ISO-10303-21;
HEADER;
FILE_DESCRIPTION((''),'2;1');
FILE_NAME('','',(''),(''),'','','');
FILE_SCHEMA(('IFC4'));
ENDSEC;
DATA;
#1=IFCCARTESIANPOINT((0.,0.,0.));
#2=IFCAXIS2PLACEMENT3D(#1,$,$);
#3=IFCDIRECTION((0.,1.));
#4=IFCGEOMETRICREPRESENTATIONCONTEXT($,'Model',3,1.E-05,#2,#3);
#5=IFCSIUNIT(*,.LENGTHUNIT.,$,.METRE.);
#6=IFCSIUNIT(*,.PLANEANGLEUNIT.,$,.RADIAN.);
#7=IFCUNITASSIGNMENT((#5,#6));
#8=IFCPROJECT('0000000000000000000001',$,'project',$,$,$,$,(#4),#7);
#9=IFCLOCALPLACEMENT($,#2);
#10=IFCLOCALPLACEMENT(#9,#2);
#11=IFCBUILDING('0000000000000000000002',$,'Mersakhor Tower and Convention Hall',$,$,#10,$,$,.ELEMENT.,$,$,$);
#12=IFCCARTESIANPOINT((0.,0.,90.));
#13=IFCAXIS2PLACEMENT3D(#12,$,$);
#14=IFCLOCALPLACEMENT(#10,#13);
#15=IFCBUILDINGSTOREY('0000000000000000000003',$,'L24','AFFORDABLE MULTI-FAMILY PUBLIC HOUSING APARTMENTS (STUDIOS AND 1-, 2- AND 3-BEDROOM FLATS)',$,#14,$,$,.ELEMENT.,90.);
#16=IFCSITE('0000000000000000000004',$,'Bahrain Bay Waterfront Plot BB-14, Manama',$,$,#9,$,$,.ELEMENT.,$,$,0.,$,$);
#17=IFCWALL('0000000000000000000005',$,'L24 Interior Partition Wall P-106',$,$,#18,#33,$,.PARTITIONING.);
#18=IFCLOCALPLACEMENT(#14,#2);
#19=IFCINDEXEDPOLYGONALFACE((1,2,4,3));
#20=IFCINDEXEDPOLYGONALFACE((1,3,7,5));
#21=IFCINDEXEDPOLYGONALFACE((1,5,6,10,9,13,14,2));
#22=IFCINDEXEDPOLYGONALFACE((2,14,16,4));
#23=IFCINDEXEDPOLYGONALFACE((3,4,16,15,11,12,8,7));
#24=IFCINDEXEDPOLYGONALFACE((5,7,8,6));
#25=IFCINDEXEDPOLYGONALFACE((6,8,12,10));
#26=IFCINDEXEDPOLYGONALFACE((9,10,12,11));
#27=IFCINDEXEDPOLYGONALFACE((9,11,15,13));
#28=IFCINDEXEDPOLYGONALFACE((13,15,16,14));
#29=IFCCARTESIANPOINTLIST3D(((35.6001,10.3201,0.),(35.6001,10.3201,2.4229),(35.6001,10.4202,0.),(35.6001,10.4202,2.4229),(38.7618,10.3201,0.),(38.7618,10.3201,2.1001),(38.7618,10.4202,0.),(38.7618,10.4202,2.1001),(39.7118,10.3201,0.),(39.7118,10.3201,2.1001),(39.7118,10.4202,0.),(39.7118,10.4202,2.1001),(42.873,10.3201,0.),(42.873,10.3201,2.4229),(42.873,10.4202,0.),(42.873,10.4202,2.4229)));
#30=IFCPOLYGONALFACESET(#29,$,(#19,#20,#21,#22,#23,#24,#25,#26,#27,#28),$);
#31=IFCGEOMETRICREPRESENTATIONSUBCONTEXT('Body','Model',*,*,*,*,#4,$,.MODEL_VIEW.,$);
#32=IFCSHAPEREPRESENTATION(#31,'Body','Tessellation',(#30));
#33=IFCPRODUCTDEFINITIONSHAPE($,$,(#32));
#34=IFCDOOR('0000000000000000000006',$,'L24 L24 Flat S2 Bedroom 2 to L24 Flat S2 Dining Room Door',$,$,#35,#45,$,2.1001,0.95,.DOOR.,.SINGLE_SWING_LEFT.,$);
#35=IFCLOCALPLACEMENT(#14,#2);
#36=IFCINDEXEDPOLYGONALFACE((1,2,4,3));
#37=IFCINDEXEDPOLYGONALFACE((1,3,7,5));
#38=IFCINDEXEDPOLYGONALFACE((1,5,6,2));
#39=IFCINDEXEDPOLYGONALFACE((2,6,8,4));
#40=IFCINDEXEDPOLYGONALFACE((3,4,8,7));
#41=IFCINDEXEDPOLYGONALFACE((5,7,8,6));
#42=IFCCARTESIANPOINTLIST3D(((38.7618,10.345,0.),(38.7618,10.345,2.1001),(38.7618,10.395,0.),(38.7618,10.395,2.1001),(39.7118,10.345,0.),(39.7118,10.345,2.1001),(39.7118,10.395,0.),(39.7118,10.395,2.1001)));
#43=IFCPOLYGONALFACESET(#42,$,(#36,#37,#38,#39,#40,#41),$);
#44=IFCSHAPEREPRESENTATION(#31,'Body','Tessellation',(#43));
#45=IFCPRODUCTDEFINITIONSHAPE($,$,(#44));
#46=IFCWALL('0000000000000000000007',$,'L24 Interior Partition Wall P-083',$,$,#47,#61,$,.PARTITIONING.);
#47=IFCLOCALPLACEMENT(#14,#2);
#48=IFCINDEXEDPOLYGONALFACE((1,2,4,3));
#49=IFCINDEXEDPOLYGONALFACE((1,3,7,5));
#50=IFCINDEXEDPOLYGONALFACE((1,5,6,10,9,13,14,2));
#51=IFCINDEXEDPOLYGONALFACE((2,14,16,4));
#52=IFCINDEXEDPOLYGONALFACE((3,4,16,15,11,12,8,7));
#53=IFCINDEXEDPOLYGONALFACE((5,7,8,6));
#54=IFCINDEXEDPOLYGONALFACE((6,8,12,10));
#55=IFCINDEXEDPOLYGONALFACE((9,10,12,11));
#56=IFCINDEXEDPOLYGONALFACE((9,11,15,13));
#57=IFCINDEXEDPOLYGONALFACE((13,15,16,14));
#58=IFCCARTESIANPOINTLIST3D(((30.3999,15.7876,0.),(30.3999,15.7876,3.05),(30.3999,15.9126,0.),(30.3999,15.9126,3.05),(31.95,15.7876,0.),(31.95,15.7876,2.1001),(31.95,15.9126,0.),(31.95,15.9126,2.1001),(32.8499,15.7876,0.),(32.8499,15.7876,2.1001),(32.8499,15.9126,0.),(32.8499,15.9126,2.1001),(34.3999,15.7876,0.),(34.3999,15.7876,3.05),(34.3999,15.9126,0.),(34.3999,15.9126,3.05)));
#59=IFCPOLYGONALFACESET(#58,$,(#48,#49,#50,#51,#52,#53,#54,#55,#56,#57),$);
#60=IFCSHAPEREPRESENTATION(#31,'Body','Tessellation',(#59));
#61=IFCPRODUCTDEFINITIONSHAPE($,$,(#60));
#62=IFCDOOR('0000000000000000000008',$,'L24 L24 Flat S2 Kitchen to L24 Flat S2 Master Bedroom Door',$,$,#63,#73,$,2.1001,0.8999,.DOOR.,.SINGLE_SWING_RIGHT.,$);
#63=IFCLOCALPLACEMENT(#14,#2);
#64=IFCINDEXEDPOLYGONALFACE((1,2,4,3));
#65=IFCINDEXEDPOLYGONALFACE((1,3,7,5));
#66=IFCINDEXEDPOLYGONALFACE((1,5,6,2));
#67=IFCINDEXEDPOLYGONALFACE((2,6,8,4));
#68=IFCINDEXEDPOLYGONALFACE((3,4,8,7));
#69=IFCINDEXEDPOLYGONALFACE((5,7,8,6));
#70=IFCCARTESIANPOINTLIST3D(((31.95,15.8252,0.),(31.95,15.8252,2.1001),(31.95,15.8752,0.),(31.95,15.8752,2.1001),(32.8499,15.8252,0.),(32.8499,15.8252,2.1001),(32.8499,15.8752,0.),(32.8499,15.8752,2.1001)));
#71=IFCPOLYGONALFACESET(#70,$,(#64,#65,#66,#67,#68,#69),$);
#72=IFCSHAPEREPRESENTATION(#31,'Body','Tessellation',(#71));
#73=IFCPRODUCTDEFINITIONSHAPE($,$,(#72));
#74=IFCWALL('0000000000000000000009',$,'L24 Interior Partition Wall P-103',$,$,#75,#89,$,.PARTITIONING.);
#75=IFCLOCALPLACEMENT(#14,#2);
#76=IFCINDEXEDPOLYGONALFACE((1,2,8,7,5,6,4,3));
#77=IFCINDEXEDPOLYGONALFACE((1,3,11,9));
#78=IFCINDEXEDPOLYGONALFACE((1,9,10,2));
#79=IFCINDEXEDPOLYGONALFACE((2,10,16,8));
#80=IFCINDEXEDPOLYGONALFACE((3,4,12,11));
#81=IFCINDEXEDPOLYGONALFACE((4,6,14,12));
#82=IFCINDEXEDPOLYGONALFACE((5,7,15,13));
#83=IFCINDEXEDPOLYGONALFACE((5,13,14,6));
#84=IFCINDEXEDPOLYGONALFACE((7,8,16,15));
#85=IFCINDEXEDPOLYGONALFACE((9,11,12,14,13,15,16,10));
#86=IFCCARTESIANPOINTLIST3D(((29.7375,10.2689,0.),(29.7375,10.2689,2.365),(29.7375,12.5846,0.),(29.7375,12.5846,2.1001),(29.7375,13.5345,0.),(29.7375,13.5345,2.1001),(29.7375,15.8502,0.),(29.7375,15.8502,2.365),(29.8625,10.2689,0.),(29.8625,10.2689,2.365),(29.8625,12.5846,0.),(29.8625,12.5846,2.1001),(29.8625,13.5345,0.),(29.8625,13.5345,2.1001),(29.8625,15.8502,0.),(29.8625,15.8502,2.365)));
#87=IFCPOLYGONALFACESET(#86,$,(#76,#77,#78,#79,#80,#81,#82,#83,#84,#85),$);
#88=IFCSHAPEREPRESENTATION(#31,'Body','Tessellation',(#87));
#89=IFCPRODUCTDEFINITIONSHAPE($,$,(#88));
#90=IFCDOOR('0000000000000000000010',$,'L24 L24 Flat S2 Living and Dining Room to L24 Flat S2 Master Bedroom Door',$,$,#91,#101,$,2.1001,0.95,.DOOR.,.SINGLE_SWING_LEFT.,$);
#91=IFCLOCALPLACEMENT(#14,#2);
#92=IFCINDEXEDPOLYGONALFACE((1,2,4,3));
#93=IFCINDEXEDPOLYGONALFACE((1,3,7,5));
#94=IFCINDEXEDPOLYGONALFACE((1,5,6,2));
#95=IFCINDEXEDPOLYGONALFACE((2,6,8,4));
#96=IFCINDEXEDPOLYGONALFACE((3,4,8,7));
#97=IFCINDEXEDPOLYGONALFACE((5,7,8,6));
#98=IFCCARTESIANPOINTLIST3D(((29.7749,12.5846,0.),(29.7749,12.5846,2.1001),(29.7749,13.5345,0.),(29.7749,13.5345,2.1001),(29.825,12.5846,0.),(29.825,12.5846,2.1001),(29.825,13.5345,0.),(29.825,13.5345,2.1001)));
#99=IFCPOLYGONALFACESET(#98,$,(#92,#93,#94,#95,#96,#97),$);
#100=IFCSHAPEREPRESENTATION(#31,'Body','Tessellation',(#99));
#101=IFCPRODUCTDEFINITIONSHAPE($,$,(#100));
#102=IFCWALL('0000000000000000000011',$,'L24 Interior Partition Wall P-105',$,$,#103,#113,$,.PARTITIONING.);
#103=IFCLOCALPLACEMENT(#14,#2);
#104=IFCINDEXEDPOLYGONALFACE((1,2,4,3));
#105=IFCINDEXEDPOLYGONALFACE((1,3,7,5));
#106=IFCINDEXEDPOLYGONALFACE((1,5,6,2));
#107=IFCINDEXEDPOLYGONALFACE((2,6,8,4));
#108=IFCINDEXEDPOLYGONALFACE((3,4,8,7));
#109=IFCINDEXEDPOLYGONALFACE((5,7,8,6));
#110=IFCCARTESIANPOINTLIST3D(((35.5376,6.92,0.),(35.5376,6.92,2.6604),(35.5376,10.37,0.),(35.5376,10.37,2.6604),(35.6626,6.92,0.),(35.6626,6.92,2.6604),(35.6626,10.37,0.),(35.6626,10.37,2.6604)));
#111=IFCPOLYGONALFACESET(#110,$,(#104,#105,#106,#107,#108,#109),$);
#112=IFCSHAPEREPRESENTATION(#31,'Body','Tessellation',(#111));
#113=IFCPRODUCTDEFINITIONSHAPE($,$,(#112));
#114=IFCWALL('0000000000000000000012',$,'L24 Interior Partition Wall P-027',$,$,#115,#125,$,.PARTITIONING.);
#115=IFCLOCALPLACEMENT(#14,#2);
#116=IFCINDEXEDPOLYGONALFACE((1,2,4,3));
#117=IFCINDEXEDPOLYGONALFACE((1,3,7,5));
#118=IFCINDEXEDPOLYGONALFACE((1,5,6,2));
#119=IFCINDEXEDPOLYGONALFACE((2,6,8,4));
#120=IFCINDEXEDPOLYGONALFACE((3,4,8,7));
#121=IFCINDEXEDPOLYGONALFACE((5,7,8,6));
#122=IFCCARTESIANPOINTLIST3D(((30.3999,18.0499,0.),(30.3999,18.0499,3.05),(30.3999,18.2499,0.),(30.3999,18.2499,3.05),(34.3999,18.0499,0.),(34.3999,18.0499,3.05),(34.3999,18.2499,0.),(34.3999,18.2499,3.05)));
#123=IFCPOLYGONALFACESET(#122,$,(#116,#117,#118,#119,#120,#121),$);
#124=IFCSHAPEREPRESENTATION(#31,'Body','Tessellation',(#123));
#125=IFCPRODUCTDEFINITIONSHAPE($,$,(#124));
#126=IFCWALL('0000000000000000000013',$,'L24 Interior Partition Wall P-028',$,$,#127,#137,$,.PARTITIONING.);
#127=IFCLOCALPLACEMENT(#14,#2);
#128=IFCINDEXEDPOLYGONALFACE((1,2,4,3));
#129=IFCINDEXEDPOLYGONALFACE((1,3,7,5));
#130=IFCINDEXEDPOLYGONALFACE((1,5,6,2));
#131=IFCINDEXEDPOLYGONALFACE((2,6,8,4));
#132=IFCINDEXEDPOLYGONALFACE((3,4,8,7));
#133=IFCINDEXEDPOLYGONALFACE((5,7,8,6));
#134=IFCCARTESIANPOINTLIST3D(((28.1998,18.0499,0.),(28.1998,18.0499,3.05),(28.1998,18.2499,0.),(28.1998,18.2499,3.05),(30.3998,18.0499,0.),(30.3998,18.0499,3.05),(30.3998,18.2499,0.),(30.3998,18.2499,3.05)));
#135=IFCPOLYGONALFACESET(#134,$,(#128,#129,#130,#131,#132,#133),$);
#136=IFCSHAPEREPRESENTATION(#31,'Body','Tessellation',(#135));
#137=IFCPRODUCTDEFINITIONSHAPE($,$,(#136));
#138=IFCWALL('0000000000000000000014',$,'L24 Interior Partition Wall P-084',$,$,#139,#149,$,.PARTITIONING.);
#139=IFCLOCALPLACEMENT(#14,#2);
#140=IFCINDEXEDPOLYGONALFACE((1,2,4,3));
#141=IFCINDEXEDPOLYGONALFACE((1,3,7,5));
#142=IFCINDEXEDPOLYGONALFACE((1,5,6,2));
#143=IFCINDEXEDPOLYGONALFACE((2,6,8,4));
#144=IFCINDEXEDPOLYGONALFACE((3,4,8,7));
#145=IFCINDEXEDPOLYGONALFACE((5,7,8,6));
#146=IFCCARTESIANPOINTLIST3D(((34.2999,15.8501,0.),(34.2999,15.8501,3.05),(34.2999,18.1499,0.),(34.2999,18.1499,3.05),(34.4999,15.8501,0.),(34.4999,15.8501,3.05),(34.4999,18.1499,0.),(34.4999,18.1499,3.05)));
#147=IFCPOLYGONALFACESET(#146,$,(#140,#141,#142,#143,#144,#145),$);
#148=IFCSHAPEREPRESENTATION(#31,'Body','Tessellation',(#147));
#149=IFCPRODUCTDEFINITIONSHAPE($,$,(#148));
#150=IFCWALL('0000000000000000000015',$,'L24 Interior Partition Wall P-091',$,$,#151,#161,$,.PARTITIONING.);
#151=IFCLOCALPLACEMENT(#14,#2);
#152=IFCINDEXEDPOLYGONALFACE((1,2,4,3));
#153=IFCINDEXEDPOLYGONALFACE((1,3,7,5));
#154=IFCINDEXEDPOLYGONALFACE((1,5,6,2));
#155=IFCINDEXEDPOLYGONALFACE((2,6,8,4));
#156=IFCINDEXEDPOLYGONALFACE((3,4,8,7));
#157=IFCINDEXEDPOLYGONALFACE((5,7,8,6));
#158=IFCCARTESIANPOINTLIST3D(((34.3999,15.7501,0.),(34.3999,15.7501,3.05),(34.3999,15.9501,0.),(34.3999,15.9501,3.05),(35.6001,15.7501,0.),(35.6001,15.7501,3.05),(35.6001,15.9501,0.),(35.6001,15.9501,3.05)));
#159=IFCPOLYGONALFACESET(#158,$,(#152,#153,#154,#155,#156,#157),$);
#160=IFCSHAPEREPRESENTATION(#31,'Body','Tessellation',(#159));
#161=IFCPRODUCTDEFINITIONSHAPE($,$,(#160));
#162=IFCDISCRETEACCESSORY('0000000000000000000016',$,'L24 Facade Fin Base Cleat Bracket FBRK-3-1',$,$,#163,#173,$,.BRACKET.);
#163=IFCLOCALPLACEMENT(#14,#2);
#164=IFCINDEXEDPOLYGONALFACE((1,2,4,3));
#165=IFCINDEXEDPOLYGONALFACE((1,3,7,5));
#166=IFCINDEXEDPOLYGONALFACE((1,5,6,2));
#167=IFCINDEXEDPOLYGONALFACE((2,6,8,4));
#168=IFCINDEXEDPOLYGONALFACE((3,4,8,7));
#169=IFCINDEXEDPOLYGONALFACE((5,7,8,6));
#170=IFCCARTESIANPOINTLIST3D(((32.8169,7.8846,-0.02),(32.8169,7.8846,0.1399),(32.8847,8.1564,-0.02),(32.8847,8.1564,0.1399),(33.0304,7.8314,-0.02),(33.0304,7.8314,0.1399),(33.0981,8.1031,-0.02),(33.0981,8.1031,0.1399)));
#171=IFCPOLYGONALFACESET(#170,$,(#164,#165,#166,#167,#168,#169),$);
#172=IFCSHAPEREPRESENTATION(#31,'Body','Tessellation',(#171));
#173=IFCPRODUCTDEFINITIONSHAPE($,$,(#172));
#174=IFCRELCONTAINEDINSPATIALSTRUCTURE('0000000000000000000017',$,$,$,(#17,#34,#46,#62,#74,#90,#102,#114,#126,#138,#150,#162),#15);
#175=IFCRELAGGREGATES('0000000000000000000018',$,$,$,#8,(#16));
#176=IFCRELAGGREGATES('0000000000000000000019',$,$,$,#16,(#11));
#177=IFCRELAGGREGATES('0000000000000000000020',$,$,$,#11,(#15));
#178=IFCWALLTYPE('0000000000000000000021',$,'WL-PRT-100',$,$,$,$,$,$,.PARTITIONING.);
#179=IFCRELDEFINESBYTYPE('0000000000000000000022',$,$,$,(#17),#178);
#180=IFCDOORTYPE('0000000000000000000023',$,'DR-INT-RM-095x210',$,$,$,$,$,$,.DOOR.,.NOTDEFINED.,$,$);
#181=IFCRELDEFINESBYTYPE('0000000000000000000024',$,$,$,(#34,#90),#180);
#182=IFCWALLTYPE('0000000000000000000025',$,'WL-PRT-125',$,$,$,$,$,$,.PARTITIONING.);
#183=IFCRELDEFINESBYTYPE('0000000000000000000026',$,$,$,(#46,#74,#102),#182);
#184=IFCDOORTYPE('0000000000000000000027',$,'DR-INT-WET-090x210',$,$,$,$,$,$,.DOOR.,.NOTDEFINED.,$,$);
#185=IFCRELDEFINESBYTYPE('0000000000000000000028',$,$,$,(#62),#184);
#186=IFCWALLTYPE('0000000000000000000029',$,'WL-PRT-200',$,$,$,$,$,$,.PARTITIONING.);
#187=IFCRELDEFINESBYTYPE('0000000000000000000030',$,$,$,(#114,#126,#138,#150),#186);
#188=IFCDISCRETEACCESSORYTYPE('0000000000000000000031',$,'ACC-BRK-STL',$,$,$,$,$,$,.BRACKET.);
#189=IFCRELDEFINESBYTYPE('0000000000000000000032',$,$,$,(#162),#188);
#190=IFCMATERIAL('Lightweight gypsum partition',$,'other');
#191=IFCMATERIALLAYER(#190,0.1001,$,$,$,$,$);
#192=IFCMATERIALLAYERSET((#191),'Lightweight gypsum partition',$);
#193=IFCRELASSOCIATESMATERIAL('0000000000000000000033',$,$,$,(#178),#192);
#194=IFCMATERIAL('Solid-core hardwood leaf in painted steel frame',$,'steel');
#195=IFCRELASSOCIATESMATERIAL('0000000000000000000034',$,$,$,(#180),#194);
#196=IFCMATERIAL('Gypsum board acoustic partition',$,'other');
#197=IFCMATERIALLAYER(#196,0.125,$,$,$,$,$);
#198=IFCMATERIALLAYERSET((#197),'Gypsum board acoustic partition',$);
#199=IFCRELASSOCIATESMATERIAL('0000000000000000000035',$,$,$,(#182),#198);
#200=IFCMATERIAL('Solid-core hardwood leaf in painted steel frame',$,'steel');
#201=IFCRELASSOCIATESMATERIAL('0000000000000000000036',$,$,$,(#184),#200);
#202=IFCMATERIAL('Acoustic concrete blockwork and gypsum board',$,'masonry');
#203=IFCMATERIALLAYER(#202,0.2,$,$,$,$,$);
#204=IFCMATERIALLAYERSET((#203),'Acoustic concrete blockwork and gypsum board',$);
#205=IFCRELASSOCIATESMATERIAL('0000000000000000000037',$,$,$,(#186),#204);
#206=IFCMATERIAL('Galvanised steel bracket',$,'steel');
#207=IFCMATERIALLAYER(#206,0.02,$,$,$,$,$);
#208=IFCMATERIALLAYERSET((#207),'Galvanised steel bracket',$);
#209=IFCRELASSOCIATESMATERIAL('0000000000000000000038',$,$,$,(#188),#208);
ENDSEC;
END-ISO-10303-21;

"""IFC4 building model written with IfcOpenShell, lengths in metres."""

from ifc_helpers import new_model, si_unit, direction, frame, frame_2d, origin, origin_2d, place, context, subcontext, project, spatial, rectangle, extrude, material, layer, layer_set, type_object, element, fill, save


model = new_model("IFC4")

# Units and contexts
model_context = context("Model", 3, precision=1e-05, world=origin(), true_north=direction((0.0, 1.0)))
body_context = subcontext(model_context, "Body", "Model", "MODEL_VIEW")
ifc_project = project(units=[si_unit("LENGTHUNIT", "METRE"), si_unit("PLANEANGLEUNIT", "RADIAN")], contexts=[model_context])

# Site, building, storey
site_placement = place(None, origin())
site = spatial("IfcSite", under=ifc_project, at=site_placement, Name="Bahrain Bay Waterfront Plot BB-14, Manama", CompositionType="ELEMENT", RefElevation=0.0)
building_placement = place(site_placement, origin())
building = spatial("IfcBuilding", under=site, at=building_placement, Name="Mersakhor Tower and Convention Hall", CompositionType="ELEMENT")
storey_placement = place(building_placement, frame((0.0, 0.0, 90.0)))
storey = spatial("IfcBuildingStorey", under=building, at=storey_placement, Name="L24", Description="AFFORDABLE MULTI-FAMILY PUBLIC HOUSING APARTMENTS (STUDIOS AND 1-, 2- AND 3-BEDROOM FLATS)", CompositionType="ELEMENT", Elevation=90.0)

# Walls, openings, doors
ifc_material_1 = material(Name="Lightweight gypsum partition", Category="other")
ifc_layer_1 = layer(ifc_material_1, 0.1001)
ifc_layer_set_1 = layer_set([ifc_layer_1], Name="Lightweight gypsum partition")
wall_type_1 = type_object("IfcWallType", Name="WL-PRT-100", PredefinedType="PARTITIONING", material=ifc_layer_set_1)
ifc_material_2 = material(Name="Solid-core hardwood leaf in painted steel frame", Category="steel")
door_type_1 = type_object("IfcDoorType", Name="DR-INT-RM-095x210", OperationType="NOTDEFINED", PredefinedType="DOOR", material=ifc_material_2)
wall_1_placement = place(storey_placement, frame((35.6001, 10.3701, 0.0), z_axis=(0.0, 0.0, 1.0), x_axis=(1.0, 0.0, 0.0)))
wall_1 = element("IfcWall", 1, at=wall_1_placement, inside=storey, type_object=wall_type_1, Name="L24 Interior Partition Wall P-106", PredefinedType="PARTITIONING", context=body_context, shape_type="SweptSolid", body=[
    extrude(rectangle(XDim=7.2729, YDim=0.1001, at=frame_2d((3.6365, 0.0))), origin(), (0.0, 0.0, 1.0), 2.4229),
])
opening_1_placement = place(wall_1_placement, frame((3.1616, 0.0, 0.0)))
opening_1 = element("IfcOpeningElement", 2, at=opening_1_placement, cuts=wall_1, PredefinedType="OPENING", context=body_context, shape_type="SweptSolid", body=[
    extrude(rectangle(XDim=0.95, YDim=2.1001, at=frame_2d((0.4751, 1.05))), frame((0.0, 0.0601, 0.0), z_axis=(0.0, -1.0, 0.0), x_axis=(1.0, 0.0, 0.0)), (0.0, 0.0, 1.0), 0.1201),
])
door_1_placement = place(opening_1_placement, origin())
door_1 = element("IfcDoor", 3, at=door_1_placement, inside=storey, type_object=door_type_1, Name="L24 L24 Flat S2 Bedroom 2 to L24 Flat S2 Dining Room Door", OperationType="SINGLE_SWING_LEFT", OverallHeight=2.1001, OverallWidth=0.95, PredefinedType="DOOR", context=body_context, shape_type="SweptSolid", body=[
    extrude(rectangle(XDim=0.95, YDim=2.1001, at=frame_2d((0.4751, 1.05))), frame((0.0, 0.0249, 0.0), z_axis=(0.0, -1.0, 0.0), x_axis=(1.0, 0.0, 0.0)), (0.0, 0.0, 1.0), 0.05),
])
fill(opening_1, door_1)
ifc_material_3 = material(Name="Gypsum board acoustic partition", Category="other")
ifc_layer_2 = layer(ifc_material_3, 0.125)
ifc_layer_set_2 = layer_set([ifc_layer_2], Name="Gypsum board acoustic partition")
wall_type_2 = type_object("IfcWallType", Name="WL-PRT-125", PredefinedType="PARTITIONING", material=ifc_layer_set_2)
wall_2_placement = place(storey_placement, frame((34.3999, 15.8501, 0.0), z_axis=(0.0, 0.0, 1.0), x_axis=(-1.0, 0.0, 0.0)))
wall_2 = element("IfcWall", 4, at=wall_2_placement, inside=storey, type_object=wall_type_2, Name="L24 Interior Partition Wall P-083", PredefinedType="PARTITIONING", context=body_context, shape_type="SweptSolid", body=[
    extrude(rectangle(XDim=4.0, YDim=0.125, at=frame_2d((2.0, 0.0))), origin(), (0.0, 0.0, 1.0), 3.05),
])
opening_2_placement = place(wall_2_placement, frame((1.55, 0.0, 0.0)))
opening_2 = element("IfcOpeningElement", 5, at=opening_2_placement, cuts=wall_2, PredefinedType="OPENING", context=body_context, shape_type="SweptSolid", body=[
    extrude(rectangle(XDim=0.8999, YDim=2.1001, at=frame_2d((0.45, 1.05))), frame((0.0, 0.0725, 0.0), z_axis=(0.0, -1.0, 0.0), x_axis=(1.0, 0.0, 0.0)), (0.0, 0.0, 1.0), 0.145),
])
ifc_material_4 = material(Name="Solid-core hardwood leaf in painted steel frame", Category="steel")
door_type_2 = type_object("IfcDoorType", Name="DR-INT-WET-090x210", OperationType="NOTDEFINED", PredefinedType="DOOR", material=ifc_material_4)
door_2_placement = place(opening_2_placement, origin())
door_2 = element("IfcDoor", 6, at=door_2_placement, inside=storey, type_object=door_type_2, Name="L24 L24 Flat S2 Kitchen to L24 Flat S2 Master Bedroom Door", OperationType="SINGLE_SWING_RIGHT", OverallHeight=2.1001, OverallWidth=0.8999, PredefinedType="DOOR", context=body_context, shape_type="SweptSolid", body=[
    extrude(rectangle(XDim=0.8999, YDim=2.1001, at=frame_2d((0.45, 1.05))), frame((0.0, 0.0249, 0.0), z_axis=(0.0, -1.0, 0.0), x_axis=(1.0, 0.0, 0.0)), (0.0, 0.0, 1.0), 0.05),
])
fill(opening_2, door_2)
wall_3_placement = place(storey_placement, frame((29.8, 15.8501, 0.0), z_axis=(0.0, 0.0, 1.0), x_axis=(0.0, -1.0, 0.0)))
wall_3 = element("IfcWall", 7, at=wall_3_placement, inside=storey, type_object=wall_type_2, Name="L24 Interior Partition Wall P-103", PredefinedType="PARTITIONING", context=body_context, shape_type="SweptSolid", body=[
    extrude(rectangle(XDim=5.5813, YDim=0.125, at=frame_2d((2.7905, 0.0))), origin(), (0.0, 0.0, 1.0), 2.365),
])
opening_3_placement = place(wall_3_placement, frame((2.3154, 0.0, 0.0)))
opening_3 = element("IfcOpeningElement", 8, at=opening_3_placement, cuts=wall_3, PredefinedType="OPENING", context=body_context, shape_type="SweptSolid", body=[
    extrude(rectangle(XDim=0.95, YDim=2.1001, at=frame_2d((0.4751, 1.05))), frame((0.0, 0.0725, 0.0), z_axis=(0.0, -1.0, 0.0), x_axis=(1.0, 0.0, 0.0)), (0.0, 0.0, 1.0), 0.145),
])
door_3_placement = place(opening_3_placement, origin())
door_3 = element("IfcDoor", 9, at=door_3_placement, inside=storey, type_object=door_type_1, Name="L24 L24 Flat S2 Living and Dining Room to L24 Flat S2 Master Bedroom Door", OperationType="SINGLE_SWING_LEFT", OverallHeight=2.1001, OverallWidth=0.95, PredefinedType="DOOR", context=body_context, shape_type="SweptSolid", body=[
    extrude(rectangle(XDim=0.95, YDim=2.1001, at=frame_2d((0.4751, 1.05))), frame((0.0, 0.0249, 0.0), z_axis=(0.0, -1.0, 0.0), x_axis=(1.0, 0.0, 0.0)), (0.0, 0.0, 1.0), 0.05),
])
fill(opening_3, door_3)

# Wall
wall_4_placement = place(storey_placement, frame((35.6001, 10.3701, 0.0), z_axis=(0.0, 0.0, 1.0), x_axis=(0.0, -1.0, 0.0)))
element("IfcWall", 10, at=wall_4_placement, inside=storey, type_object=wall_type_2, Name="L24 Interior Partition Wall P-105", PredefinedType="PARTITIONING", context=body_context, shape_type="SweptSolid", body=[
    extrude(rectangle(XDim=3.45, YDim=0.125, at=frame_2d((1.7251, 0.0))), origin(), (0.0, 0.0, 1.0), 2.6604),
])

# Shared definitions
ifc_material_5 = material(Name="Acoustic concrete blockwork and gypsum board", Category="masonry")
ifc_layer_3 = layer(ifc_material_5, 0.2)
ifc_layer_set_3 = layer_set([ifc_layer_3], Name="Acoustic concrete blockwork and gypsum board")
wall_type_3 = type_object("IfcWallType", Name="WL-PRT-200", PredefinedType="PARTITIONING", material=ifc_layer_set_3)

# Walls
wall_5_placement = place(storey_placement, frame((34.3999, 18.1499, 0.0), z_axis=(0.0, 0.0, 1.0), x_axis=(-1.0, 0.0, 0.0)))
element("IfcWall", 11, at=wall_5_placement, inside=storey, type_object=wall_type_3, Name="L24 Interior Partition Wall P-027", PredefinedType="PARTITIONING", context=body_context, shape_type="SweptSolid", body=[
    extrude(rectangle(XDim=4.0, YDim=0.2, at=frame_2d((2.0, 0.0))), origin(), (0.0, 0.0, 1.0), 3.05),
])
wall_6_placement = place(storey_placement, frame((30.3999, 18.1499, 0.0), z_axis=(0.0, 0.0, 1.0), x_axis=(-1.0, 0.0, 0.0)))
element("IfcWall", 12, at=wall_6_placement, inside=storey, type_object=wall_type_3, Name="L24 Interior Partition Wall P-028", PredefinedType="PARTITIONING", context=body_context, shape_type="SweptSolid", body=[
    extrude(rectangle(XDim=2.2, YDim=0.2, at=frame_2d((1.1001, 0.0))), origin(), (0.0, 0.0, 1.0), 3.05),
])
wall_7_placement = place(storey_placement, frame((34.3999, 18.1499, 0.0), z_axis=(0.0, 0.0, 1.0), x_axis=(0.0, -1.0, 0.0)))
element("IfcWall", 13, at=wall_7_placement, inside=storey, type_object=wall_type_3, Name="L24 Interior Partition Wall P-084", PredefinedType="PARTITIONING", context=body_context, shape_type="SweptSolid", body=[
    extrude(rectangle(XDim=2.2998, YDim=0.2, at=frame_2d((1.1499, 0.0))), origin(), (0.0, 0.0, 1.0), 3.05),
])
wall_8_placement = place(storey_placement, frame((35.6001, 15.8501, 0.0), z_axis=(0.0, 0.0, 1.0), x_axis=(-1.0, 0.0, 0.0)))
element("IfcWall", 14, at=wall_8_placement, inside=storey, type_object=wall_type_3, Name="L24 Interior Partition Wall P-091", PredefinedType="PARTITIONING", context=body_context, shape_type="SweptSolid", body=[
    extrude(rectangle(XDim=1.2002, YDim=0.2, at=frame_2d((0.6001, 0.0))), origin(), (0.0, 0.0, 1.0), 3.05),
])

# Discrete accessory
ifc_material_6 = material(Name="Galvanised steel bracket", Category="steel")
ifc_layer_4 = layer(ifc_material_6, 0.02)
ifc_layer_set_4 = layer_set([ifc_layer_4], Name="Galvanised steel bracket")
discrete_accessory_type = type_object("IfcDiscreteAccessoryType", Name="ACC-BRK-STL", PredefinedType="BRACKET", material=ifc_layer_set_4)
discrete_accessory_placement = place(storey_placement, frame((32.9575, 7.9939, -0.02), z_axis=(0.0, 0.0, 1.0), x_axis=(-0.241922, -0.970296, 0.0)))
element("IfcDiscreteAccessory", 15, at=discrete_accessory_placement, inside=storey, type_object=discrete_accessory_type, Name="L24 Facade Fin Base Cleat Bracket FBRK-3-1", PredefinedType="BRACKET", context=body_context, shape_type="SweptSolid", body=[
    extrude(rectangle(XDim=0.28, YDim=0.22, at=origin_2d()), origin(), (0.0, 0.0, 1.0), 0.1599),
])

save(model, "model.ifc")
